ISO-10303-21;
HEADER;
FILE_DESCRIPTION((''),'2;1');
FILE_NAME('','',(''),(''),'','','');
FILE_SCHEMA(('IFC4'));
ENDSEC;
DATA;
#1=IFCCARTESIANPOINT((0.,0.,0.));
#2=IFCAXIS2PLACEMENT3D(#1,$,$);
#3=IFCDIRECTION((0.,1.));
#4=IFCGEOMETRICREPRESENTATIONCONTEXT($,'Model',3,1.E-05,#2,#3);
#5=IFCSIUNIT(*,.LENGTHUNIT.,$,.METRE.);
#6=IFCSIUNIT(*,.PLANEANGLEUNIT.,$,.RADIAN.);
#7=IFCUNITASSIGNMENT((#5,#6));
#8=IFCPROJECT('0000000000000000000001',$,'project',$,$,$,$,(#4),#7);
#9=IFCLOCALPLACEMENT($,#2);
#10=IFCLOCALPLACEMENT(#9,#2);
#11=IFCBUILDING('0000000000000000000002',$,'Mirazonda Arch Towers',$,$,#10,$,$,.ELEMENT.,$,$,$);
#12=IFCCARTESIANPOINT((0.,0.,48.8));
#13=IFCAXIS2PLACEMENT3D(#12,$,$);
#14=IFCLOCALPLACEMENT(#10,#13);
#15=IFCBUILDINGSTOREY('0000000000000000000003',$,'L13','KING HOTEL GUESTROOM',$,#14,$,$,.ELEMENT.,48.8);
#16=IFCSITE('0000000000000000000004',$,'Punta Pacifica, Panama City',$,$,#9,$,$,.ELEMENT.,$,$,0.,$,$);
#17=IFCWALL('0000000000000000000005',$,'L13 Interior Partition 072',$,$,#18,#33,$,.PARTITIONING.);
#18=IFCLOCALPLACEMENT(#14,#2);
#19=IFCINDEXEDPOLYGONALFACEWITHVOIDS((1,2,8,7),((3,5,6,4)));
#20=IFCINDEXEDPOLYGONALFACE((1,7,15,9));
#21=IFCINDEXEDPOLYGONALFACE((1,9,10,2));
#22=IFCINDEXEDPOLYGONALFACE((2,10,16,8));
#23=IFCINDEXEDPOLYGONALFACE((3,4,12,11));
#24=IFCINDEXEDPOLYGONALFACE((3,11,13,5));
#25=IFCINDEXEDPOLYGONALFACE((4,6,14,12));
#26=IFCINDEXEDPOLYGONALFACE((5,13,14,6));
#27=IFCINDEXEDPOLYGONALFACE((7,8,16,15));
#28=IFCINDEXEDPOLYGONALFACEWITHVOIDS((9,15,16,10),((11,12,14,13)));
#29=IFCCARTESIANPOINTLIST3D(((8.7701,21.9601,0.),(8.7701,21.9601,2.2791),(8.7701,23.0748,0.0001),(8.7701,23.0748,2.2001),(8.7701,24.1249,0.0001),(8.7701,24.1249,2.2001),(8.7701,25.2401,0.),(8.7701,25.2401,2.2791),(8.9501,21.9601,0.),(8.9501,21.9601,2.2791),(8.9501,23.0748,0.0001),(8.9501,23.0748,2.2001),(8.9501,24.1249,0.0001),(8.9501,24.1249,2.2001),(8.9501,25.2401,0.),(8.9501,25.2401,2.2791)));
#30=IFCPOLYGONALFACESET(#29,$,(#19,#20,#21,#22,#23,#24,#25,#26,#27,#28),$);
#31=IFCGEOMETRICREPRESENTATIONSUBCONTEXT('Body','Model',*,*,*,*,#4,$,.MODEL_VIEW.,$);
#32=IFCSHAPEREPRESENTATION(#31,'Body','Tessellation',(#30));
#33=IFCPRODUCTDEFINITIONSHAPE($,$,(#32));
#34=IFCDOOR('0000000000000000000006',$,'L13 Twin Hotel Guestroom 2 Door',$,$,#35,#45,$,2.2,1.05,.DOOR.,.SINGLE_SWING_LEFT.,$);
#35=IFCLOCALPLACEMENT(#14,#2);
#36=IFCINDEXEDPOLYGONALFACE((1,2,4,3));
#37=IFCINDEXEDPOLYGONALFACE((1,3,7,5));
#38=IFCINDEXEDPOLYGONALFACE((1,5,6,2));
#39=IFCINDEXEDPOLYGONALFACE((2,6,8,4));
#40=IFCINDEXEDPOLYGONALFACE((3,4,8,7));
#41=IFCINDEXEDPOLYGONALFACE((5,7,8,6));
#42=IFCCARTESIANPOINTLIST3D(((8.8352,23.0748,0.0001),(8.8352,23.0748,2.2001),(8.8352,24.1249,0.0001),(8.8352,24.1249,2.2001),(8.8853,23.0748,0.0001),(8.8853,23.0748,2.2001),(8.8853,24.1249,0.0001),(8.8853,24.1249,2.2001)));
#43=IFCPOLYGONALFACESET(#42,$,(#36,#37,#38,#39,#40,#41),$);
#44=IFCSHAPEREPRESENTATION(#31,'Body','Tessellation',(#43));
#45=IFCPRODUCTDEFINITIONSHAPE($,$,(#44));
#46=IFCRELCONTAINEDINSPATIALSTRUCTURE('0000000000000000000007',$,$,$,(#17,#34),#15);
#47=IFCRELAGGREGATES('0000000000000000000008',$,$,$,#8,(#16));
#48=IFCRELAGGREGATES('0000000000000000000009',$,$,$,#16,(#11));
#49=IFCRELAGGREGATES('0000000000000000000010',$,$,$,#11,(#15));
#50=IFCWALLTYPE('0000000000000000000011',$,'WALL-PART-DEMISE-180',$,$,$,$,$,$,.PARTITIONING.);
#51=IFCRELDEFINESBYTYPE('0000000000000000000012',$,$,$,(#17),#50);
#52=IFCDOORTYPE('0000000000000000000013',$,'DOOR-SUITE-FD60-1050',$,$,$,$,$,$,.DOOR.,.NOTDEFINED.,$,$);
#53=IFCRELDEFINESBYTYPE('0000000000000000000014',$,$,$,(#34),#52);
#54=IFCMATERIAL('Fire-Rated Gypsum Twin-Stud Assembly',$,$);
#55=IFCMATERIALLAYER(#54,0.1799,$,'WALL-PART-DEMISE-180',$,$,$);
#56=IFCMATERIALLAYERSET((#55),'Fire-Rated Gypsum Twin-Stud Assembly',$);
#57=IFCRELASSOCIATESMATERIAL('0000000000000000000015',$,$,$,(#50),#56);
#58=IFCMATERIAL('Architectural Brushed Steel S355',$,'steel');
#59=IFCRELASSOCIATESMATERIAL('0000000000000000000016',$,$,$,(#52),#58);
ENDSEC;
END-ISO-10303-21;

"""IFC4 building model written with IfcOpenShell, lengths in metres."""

from ifc_helpers import new_model, si_unit, direction, frame, frame_2d, origin, place, context, subcontext, project, spatial, rectangle, extrude, material, layer, layer_set, type_object, element, fill, save


model = new_model("IFC4")

# Units and contexts
model_context = context("Model", 3, precision=1e-05, world=origin(), true_north=direction((0.0, 1.0)))
body_context = subcontext(model_context, "Body", "Model", "MODEL_VIEW")
ifc_project = project(units=[si_unit("LENGTHUNIT", "METRE"), si_unit("PLANEANGLEUNIT", "RADIAN")], contexts=[model_context])

# Site, building, storey
site_placement = place(None, origin())
site = spatial("IfcSite", under=ifc_project, at=site_placement, Name="Punta Pacifica, Panama City", CompositionType="ELEMENT", RefElevation=0.0)
building_placement = place(site_placement, origin())
building = spatial("IfcBuilding", under=site, at=building_placement, Name="Mirazonda Arch Towers", CompositionType="ELEMENT")
storey_placement = place(building_placement, frame((0.0, 0.0, 48.8)))
storey = spatial("IfcBuildingStorey", under=building, at=storey_placement, Name="L13", Description="KING HOTEL GUESTROOM", CompositionType="ELEMENT", Elevation=48.8)

# Shared definitions
ifc_material_1 = material(Name="Architectural Brushed Steel S355", Category="steel")

# Shared definitions
ifc_material_2 = material(Name="Fire-Rated Gypsum Twin-Stud Assembly")
ifc_layer_1 = layer(ifc_material_2, 0.1799, Name="WALL-PART-DEMISE-180")
ifc_layer_set_1 = layer_set([ifc_layer_1], Name="Fire-Rated Gypsum Twin-Stud Assembly")
wall_type_1 = type_object("IfcWallType", Name="WALL-PART-DEMISE-180", PredefinedType="PARTITIONING", material=ifc_layer_set_1)

# Wall, opening, door
wall_1_placement = place(storey_placement, frame((8.8601, 21.96, 0.0), z_axis=(0.0, 0.0, 1.0), x_axis=(0.0, 1.0, 0.0)))
wall_1 = element("IfcWall", 1, at=wall_1_placement, inside=storey, type_object=wall_type_1, Name="L13 Interior Partition 072", PredefinedType="PARTITIONING", context=body_context, shape_type="SweptSolid", body=[
    extrude(rectangle(XDim=3.28, YDim=0.1799, at=frame_2d((1.6401, 0.0))), origin(), (0.0, 0.0, 1.0), 2.2791),
])
opening_1_placement = place(wall_1_placement, frame((1.115, 0.0, 0.0)))
opening_1 = element("IfcOpeningElement", 2, at=opening_1_placement, cuts=wall_1, PredefinedType="OPENING", context=body_context, shape_type="SweptSolid", body=[
    extrude(rectangle(XDim=1.05, YDim=2.2, at=frame_2d((0.5249, 1.1001))), frame((0.0, 0.0999, 0.0), z_axis=(0.0, -1.0, 0.0), x_axis=(1.0, 0.0, 0.0)), (0.0, 0.0, 1.0), 0.2),
])
door_type_1 = type_object("IfcDoorType", Name="DOOR-SUITE-FD60-1050", OperationType="NOTDEFINED", PredefinedType="DOOR", material=ifc_material_1)
door_1_placement = place(opening_1_placement, origin())
door_1 = element("IfcDoor", 3, at=door_1_placement, inside=storey, type_object=door_type_1, Name="L13 Twin Hotel Guestroom 2 Door", OperationType="SINGLE_SWING_LEFT", OverallHeight=2.2, OverallWidth=1.05, PredefinedType="DOOR", context=body_context, shape_type="SweptSolid", body=[
    extrude(rectangle(XDim=1.05, YDim=2.2, at=frame_2d((0.5249, 1.1001))), frame((0.0, 0.0249, 0.0), z_axis=(0.0, -1.0, 0.0), x_axis=(1.0, 0.0, 0.0)), (0.0, 0.0, 1.0), 0.05),
])
fill(opening_1, door_1)

save(model, "model.ifc")
